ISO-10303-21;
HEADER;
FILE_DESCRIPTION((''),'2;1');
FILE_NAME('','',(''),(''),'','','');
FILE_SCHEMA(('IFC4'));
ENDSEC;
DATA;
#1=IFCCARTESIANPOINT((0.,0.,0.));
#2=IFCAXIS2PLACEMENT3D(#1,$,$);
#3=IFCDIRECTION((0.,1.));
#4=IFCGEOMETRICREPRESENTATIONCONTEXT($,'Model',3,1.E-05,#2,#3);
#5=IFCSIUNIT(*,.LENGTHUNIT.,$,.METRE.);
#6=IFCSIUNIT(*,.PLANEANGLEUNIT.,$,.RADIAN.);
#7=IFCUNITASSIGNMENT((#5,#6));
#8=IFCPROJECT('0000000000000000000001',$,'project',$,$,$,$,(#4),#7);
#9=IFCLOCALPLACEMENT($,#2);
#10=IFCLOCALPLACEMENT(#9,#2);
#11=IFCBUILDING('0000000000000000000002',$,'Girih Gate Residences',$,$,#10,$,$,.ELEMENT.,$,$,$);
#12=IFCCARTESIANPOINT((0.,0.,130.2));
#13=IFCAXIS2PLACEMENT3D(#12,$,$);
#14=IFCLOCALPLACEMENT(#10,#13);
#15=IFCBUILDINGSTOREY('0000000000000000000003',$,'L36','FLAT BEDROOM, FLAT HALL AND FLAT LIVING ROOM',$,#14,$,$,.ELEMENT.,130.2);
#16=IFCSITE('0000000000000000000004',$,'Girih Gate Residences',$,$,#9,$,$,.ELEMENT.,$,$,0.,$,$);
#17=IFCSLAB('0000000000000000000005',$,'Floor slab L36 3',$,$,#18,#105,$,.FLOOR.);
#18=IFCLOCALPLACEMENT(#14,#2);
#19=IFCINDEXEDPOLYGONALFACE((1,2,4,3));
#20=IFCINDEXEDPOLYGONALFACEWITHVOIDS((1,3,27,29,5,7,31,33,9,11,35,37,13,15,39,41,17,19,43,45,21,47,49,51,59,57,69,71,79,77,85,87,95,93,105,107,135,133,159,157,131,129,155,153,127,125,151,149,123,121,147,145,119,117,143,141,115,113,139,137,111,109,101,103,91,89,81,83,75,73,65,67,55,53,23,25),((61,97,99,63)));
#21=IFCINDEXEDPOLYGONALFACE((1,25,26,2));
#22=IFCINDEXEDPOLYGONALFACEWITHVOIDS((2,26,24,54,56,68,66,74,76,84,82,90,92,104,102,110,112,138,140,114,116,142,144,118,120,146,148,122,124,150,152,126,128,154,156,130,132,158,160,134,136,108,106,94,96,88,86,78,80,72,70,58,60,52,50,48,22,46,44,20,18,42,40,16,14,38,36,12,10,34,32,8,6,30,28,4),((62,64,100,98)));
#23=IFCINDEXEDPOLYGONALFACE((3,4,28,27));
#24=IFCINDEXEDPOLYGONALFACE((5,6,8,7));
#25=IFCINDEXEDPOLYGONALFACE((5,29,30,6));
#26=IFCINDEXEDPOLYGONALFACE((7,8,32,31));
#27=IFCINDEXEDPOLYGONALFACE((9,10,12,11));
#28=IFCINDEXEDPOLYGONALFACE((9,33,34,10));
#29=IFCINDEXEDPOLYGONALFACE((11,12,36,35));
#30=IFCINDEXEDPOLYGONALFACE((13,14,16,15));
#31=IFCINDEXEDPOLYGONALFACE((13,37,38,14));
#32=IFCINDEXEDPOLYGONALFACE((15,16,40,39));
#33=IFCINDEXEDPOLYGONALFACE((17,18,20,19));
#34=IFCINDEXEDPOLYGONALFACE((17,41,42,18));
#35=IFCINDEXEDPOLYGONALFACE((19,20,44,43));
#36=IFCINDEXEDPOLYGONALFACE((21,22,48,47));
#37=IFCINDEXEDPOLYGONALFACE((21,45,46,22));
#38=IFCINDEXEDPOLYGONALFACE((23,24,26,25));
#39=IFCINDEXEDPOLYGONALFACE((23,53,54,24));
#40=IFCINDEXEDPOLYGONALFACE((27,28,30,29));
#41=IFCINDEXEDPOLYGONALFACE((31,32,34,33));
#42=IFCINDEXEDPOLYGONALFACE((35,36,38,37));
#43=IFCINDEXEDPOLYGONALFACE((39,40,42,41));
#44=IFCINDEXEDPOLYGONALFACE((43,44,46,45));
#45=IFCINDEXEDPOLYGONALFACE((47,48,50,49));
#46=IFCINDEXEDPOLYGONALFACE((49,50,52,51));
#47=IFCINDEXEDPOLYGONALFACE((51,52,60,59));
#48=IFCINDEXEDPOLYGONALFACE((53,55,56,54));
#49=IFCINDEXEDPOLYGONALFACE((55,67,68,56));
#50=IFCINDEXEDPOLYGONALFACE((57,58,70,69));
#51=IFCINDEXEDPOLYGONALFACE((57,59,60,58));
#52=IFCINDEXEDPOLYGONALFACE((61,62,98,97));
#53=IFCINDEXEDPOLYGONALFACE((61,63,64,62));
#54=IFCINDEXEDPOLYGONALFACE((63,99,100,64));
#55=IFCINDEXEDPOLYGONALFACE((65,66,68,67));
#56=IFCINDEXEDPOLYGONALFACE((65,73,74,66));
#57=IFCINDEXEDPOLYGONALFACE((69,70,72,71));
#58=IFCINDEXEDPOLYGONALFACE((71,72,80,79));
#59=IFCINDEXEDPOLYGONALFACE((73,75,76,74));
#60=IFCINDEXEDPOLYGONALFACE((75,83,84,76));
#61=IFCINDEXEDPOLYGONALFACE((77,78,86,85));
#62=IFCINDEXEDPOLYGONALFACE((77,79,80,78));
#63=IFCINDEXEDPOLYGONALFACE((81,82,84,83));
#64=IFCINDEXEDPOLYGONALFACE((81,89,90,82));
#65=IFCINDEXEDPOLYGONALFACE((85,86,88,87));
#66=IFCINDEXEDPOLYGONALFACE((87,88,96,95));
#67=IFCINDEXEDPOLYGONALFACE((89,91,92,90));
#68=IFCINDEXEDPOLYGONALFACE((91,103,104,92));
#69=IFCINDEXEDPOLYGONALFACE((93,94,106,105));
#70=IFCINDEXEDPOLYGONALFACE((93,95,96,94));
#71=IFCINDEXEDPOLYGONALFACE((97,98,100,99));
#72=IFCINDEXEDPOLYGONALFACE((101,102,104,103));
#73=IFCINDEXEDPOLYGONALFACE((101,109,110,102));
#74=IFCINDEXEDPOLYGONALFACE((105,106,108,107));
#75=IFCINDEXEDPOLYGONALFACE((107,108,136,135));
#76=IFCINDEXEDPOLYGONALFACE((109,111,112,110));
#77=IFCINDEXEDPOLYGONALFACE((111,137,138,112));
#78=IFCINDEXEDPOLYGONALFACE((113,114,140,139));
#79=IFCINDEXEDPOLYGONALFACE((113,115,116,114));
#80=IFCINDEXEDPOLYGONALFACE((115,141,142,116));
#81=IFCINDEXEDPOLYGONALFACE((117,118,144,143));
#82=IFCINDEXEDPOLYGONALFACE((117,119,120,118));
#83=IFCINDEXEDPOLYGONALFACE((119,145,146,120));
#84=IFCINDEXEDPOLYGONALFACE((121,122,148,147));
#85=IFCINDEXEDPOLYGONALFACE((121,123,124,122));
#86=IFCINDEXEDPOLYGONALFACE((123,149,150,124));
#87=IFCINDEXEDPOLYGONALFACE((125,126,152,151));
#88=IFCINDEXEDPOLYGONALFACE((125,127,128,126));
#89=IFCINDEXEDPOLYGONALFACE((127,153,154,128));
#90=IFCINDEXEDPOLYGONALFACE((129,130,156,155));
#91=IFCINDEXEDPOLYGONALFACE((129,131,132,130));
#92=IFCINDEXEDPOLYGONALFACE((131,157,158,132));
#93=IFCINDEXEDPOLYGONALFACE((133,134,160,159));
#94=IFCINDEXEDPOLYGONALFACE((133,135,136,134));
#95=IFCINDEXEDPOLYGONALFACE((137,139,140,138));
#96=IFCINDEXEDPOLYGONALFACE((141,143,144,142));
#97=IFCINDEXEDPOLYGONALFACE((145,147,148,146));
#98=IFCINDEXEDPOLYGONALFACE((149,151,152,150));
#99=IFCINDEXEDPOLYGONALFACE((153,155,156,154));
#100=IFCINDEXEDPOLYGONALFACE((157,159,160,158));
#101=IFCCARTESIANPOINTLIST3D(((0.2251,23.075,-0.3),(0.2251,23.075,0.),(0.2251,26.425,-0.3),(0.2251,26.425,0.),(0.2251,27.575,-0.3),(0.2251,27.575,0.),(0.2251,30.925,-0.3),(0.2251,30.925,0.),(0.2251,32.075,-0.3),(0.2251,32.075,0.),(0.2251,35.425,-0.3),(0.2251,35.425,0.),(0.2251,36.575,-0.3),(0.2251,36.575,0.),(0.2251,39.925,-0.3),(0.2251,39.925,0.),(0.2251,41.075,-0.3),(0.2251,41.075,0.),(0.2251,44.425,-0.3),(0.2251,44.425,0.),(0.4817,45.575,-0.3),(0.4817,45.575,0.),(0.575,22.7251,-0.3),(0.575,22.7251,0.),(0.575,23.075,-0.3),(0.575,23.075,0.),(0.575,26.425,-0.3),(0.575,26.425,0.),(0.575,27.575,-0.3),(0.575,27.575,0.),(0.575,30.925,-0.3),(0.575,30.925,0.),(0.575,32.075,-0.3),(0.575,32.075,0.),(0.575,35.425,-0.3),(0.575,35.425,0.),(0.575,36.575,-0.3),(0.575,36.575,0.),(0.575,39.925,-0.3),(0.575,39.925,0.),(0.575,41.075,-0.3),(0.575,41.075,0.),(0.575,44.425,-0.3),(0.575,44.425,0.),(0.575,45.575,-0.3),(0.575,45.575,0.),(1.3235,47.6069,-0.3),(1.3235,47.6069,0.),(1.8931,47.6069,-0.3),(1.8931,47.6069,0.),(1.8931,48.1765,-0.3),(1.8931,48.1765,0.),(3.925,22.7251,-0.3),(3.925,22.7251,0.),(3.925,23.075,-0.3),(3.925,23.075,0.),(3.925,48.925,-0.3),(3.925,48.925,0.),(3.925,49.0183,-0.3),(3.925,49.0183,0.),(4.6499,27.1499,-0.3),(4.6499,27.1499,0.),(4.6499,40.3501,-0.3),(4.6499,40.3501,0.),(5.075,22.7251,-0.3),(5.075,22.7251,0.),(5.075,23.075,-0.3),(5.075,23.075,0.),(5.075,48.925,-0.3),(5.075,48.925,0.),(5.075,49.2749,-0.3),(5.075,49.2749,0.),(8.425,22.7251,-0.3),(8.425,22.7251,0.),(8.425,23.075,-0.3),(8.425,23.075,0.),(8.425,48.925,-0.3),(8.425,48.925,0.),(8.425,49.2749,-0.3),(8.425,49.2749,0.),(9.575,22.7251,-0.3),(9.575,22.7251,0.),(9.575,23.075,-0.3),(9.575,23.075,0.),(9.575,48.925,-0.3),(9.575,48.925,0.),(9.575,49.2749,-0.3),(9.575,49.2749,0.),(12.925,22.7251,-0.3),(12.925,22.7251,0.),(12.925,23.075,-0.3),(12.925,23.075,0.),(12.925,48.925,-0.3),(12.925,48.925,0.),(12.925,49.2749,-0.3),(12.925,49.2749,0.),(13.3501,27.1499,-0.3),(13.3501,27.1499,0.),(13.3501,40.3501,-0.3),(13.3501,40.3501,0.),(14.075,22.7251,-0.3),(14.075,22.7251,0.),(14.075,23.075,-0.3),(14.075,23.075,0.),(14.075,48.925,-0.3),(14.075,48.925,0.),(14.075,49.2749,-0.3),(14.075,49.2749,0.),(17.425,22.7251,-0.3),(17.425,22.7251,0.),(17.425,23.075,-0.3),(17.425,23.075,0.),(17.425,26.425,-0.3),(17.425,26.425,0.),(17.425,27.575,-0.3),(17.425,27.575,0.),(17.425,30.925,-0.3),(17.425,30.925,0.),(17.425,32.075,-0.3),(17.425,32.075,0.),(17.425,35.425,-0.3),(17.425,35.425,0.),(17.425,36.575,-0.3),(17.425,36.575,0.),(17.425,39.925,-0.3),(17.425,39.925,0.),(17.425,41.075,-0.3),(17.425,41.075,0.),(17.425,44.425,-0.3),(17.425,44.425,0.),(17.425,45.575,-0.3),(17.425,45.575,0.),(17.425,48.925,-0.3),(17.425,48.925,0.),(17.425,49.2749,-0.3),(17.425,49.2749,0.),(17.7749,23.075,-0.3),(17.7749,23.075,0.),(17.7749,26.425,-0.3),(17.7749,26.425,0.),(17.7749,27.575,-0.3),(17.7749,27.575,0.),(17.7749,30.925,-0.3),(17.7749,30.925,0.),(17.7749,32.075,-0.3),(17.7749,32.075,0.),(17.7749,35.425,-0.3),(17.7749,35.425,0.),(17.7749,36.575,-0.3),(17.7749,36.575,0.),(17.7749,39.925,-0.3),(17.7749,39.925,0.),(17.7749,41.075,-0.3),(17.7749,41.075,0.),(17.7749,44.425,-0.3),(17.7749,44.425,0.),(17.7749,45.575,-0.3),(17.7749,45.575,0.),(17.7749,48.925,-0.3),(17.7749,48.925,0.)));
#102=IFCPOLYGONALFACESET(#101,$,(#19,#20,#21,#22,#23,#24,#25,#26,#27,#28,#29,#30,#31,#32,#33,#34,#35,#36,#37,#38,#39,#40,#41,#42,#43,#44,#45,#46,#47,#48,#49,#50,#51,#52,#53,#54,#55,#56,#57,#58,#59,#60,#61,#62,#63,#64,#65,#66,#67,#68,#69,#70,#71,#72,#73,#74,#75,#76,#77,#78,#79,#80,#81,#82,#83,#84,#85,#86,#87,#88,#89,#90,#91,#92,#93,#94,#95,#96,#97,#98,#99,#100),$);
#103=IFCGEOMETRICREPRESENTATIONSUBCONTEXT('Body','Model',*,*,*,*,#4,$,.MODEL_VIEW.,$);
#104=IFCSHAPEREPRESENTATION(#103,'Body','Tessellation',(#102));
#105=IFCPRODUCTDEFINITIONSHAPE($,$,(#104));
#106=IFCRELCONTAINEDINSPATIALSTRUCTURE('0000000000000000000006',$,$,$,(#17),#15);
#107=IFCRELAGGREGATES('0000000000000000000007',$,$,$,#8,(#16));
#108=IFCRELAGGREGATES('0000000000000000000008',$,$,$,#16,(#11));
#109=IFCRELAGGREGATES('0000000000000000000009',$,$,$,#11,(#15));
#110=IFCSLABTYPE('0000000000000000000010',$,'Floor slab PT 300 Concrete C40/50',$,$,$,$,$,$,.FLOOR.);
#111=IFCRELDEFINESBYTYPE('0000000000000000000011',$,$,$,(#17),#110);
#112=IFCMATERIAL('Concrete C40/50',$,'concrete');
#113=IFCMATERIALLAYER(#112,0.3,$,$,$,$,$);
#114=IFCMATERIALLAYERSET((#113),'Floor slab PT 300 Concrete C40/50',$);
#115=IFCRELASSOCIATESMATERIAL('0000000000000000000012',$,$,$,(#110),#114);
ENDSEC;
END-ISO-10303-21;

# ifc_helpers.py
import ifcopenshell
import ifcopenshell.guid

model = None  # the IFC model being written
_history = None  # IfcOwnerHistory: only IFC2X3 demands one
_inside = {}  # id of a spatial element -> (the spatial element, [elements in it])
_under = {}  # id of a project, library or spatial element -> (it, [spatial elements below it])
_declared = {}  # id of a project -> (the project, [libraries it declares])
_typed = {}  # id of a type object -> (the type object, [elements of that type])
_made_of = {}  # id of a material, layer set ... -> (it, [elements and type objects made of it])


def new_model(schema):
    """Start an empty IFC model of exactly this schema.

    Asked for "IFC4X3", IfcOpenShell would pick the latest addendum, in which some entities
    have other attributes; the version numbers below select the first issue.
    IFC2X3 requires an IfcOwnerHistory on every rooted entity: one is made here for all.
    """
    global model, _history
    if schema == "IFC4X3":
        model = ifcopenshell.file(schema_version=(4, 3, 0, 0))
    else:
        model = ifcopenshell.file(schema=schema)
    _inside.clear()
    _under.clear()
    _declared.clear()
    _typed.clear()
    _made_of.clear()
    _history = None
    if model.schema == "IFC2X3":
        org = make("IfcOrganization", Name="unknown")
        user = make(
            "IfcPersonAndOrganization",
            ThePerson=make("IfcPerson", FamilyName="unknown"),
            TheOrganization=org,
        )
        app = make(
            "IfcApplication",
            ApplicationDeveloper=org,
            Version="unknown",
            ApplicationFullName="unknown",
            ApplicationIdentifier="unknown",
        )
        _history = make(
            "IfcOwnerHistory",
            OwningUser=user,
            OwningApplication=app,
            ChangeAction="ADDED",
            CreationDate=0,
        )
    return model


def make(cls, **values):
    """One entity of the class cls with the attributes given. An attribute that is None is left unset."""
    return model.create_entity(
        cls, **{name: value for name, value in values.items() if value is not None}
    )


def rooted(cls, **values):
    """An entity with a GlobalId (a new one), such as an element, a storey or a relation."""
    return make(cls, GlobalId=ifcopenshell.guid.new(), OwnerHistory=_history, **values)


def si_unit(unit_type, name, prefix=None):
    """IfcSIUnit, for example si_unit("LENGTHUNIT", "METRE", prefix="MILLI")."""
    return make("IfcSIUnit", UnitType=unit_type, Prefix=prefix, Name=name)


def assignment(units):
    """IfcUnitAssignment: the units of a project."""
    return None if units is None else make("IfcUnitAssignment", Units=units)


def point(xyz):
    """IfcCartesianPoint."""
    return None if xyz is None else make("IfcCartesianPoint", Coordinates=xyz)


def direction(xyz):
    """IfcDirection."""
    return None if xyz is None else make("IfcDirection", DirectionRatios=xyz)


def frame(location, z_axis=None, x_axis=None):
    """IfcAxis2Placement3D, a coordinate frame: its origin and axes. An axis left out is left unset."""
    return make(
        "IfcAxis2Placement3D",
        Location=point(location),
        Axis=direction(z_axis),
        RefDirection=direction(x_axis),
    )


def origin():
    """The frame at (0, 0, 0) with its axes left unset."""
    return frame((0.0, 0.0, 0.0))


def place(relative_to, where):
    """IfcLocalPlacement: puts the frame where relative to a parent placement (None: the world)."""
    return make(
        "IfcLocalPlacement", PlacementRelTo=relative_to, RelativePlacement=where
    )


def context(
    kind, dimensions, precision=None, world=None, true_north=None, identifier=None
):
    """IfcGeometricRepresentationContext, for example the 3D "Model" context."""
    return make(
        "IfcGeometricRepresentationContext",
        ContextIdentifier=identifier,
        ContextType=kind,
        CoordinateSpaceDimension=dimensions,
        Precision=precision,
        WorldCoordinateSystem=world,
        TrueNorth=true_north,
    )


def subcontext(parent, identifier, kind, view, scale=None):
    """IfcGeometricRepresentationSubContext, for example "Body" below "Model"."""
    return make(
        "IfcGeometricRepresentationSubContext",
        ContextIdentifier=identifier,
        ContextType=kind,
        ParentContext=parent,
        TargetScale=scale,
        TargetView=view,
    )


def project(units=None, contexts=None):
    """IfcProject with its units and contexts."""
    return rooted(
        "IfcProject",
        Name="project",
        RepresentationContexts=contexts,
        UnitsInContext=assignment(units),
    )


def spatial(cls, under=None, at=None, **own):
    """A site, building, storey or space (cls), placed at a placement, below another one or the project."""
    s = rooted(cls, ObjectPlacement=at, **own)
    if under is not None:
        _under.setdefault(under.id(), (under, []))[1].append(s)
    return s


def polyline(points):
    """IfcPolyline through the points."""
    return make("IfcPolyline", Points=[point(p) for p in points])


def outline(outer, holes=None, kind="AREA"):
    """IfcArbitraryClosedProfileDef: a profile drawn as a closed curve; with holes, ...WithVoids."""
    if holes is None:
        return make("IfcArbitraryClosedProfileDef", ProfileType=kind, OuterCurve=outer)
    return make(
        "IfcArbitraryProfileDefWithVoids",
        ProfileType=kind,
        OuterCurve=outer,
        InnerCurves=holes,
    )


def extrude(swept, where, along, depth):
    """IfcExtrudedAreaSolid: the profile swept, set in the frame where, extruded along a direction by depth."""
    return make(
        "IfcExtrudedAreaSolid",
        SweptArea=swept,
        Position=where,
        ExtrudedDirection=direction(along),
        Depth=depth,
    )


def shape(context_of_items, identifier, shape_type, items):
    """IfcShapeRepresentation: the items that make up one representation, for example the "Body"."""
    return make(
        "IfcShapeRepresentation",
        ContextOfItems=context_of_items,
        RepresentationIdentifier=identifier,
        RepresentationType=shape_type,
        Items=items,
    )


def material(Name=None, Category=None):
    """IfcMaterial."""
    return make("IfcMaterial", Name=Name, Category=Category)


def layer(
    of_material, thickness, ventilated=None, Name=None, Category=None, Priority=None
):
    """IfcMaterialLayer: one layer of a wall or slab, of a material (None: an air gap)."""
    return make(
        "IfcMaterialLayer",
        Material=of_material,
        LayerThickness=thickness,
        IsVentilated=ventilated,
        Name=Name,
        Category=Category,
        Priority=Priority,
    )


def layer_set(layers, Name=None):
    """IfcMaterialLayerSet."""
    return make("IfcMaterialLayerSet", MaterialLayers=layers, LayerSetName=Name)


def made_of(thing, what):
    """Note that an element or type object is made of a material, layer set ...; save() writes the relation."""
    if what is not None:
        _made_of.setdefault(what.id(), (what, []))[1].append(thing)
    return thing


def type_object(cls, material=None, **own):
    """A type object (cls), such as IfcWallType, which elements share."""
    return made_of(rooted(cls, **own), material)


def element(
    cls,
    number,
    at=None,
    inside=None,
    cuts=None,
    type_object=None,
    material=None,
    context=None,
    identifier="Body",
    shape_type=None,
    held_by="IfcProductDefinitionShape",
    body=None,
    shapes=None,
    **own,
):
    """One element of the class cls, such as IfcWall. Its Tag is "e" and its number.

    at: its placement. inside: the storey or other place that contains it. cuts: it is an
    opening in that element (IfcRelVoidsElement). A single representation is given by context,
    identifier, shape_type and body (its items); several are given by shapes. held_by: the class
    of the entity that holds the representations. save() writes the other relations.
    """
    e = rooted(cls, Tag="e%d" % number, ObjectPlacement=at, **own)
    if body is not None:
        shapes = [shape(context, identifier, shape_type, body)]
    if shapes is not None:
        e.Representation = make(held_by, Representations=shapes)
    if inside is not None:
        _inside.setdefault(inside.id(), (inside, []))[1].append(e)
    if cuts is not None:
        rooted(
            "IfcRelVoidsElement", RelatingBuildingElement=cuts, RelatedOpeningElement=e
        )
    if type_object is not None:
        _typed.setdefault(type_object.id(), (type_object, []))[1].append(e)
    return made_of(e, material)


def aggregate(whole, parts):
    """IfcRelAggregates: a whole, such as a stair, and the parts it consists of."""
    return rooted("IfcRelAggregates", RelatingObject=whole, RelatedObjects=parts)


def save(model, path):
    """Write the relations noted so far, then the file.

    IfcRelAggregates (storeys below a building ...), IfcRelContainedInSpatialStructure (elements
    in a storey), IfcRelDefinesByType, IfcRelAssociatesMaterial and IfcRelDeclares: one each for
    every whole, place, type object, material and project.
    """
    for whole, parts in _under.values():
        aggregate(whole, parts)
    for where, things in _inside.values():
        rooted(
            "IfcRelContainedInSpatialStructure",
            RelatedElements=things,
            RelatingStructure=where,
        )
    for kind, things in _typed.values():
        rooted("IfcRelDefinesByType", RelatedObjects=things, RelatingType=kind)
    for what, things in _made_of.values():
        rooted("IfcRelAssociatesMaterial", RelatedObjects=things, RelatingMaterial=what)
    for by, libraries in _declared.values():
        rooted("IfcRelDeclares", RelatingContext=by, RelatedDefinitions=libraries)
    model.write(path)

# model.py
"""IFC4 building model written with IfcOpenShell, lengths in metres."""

from ifc_helpers import new_model, si_unit, direction, frame, origin, place, context, subcontext, project, spatial, polyline, outline, extrude, material, layer, layer_set, type_object, element, save


model = new_model("IFC4")

# Units and contexts
model_context = context("Model", 3, precision=1e-05, world=origin(), true_north=direction((0.0, 1.0)))
body_context = subcontext(model_context, "Body", "Model", "MODEL_VIEW")
ifc_project = project(units=[si_unit("LENGTHUNIT", "METRE"), si_unit("PLANEANGLEUNIT", "RADIAN")], contexts=[model_context])

# Site, building, storey
site_placement = place(None, origin())
site = spatial("IfcSite", under=ifc_project, at=site_placement, Name="Girih Gate Residences", CompositionType="ELEMENT", RefElevation=0.0)
building_placement = place(site_placement, origin())
building = spatial("IfcBuilding", under=site, at=building_placement, Name="Girih Gate Residences", CompositionType="ELEMENT")
storey_placement = place(building_placement, frame((0.0, 0.0, 130.2)))
storey = spatial("IfcBuildingStorey", under=building, at=storey_placement, Name="L36", Description="FLAT BEDROOM, FLAT HALL AND FLAT LIVING ROOM", CompositionType="ELEMENT", Elevation=130.2)

# Slab
ifc_material_1 = material(Name="Concrete C40/50", Category="concrete")
ifc_layer_1 = layer(ifc_material_1, 0.3)
ifc_layer_set_1 = layer_set([ifc_layer_1], Name="Floor slab PT 300 Concrete C40/50")
slab_type_1 = type_object("IfcSlabType", Name="Floor slab PT 300 Concrete C40/50", PredefinedType="FLOOR", material=ifc_layer_set_1)
slab_1_placement = place(storey_placement, frame((0.0, 0.0, -0.3)))
element("IfcSlab", 1, at=slab_1_placement, inside=storey, type_object=slab_type_1, Name="Floor slab L36 3", PredefinedType="FLOOR", context=body_context, shape_type="SweptSolid", body=[
    extrude(outline(polyline([(0.2251, 26.425), (0.2251, 23.075), (0.575, 23.075), (0.575, 22.7251), (3.925, 22.7251), (3.925, 23.075), (5.075, 23.075), (5.075, 22.7251), (8.425, 22.7251), (8.425, 23.075), (9.575, 23.075), (9.575, 22.7251), (12.925, 22.7251), (12.925, 23.075), (14.075, 23.075), (14.075, 22.7251), (17.425, 22.7251), (17.425, 23.075), (17.7749, 23.075), (17.7749, 26.425), (17.425, 26.425), (17.425, 27.575), (17.7749, 27.575), (17.7749, 30.925), (17.425, 30.925), (17.425, 32.075), (17.7749, 32.075), (17.7749, 35.425), (17.425, 35.425), (17.425, 36.575), (17.7749, 36.575), (17.7749, 39.925), (17.425, 39.925), (17.425, 41.075), (17.7749, 41.075), (17.7749, 44.425), (17.425, 44.425), (17.425, 45.575), (17.7749, 45.575), (17.7749, 48.925), (17.425, 48.925), (17.425, 49.2749), (14.075, 49.2749), (14.075, 48.925), (12.925, 48.925), (12.925, 49.2749), (9.575, 49.2749), (9.575, 48.925), (8.425, 48.925), (8.425, 49.2749), (5.075, 49.2749), (5.075, 48.925), (3.925, 48.925), (3.925, 49.0183), (1.8931, 48.1765), (1.8931, 47.6069), (1.3235, 47.6069), (0.4817, 45.575), (0.575, 45.575), (0.575, 44.425), (0.2251, 44.425), (0.2251, 41.075), (0.575, 41.075), (0.575, 39.925), (0.2251, 39.925), (0.2251, 36.575), (0.575, 36.575), (0.575, 35.425), (0.2251, 35.425), (0.2251, 32.075), (0.575, 32.075), (0.575, 30.925), (0.2251, 30.925), (0.2251, 27.575), (0.575, 27.575), (0.575, 26.425), (0.2251, 26.425)]), holes=[polyline([(13.3501, 40.3501), (13.3501, 27.1499), (4.6499, 27.1499), (4.6499, 40.3501), (13.3501, 40.3501)])]), origin(), (0.0, 0.0, 1.0), 0.3),
])

save(model, "model.ifc")
